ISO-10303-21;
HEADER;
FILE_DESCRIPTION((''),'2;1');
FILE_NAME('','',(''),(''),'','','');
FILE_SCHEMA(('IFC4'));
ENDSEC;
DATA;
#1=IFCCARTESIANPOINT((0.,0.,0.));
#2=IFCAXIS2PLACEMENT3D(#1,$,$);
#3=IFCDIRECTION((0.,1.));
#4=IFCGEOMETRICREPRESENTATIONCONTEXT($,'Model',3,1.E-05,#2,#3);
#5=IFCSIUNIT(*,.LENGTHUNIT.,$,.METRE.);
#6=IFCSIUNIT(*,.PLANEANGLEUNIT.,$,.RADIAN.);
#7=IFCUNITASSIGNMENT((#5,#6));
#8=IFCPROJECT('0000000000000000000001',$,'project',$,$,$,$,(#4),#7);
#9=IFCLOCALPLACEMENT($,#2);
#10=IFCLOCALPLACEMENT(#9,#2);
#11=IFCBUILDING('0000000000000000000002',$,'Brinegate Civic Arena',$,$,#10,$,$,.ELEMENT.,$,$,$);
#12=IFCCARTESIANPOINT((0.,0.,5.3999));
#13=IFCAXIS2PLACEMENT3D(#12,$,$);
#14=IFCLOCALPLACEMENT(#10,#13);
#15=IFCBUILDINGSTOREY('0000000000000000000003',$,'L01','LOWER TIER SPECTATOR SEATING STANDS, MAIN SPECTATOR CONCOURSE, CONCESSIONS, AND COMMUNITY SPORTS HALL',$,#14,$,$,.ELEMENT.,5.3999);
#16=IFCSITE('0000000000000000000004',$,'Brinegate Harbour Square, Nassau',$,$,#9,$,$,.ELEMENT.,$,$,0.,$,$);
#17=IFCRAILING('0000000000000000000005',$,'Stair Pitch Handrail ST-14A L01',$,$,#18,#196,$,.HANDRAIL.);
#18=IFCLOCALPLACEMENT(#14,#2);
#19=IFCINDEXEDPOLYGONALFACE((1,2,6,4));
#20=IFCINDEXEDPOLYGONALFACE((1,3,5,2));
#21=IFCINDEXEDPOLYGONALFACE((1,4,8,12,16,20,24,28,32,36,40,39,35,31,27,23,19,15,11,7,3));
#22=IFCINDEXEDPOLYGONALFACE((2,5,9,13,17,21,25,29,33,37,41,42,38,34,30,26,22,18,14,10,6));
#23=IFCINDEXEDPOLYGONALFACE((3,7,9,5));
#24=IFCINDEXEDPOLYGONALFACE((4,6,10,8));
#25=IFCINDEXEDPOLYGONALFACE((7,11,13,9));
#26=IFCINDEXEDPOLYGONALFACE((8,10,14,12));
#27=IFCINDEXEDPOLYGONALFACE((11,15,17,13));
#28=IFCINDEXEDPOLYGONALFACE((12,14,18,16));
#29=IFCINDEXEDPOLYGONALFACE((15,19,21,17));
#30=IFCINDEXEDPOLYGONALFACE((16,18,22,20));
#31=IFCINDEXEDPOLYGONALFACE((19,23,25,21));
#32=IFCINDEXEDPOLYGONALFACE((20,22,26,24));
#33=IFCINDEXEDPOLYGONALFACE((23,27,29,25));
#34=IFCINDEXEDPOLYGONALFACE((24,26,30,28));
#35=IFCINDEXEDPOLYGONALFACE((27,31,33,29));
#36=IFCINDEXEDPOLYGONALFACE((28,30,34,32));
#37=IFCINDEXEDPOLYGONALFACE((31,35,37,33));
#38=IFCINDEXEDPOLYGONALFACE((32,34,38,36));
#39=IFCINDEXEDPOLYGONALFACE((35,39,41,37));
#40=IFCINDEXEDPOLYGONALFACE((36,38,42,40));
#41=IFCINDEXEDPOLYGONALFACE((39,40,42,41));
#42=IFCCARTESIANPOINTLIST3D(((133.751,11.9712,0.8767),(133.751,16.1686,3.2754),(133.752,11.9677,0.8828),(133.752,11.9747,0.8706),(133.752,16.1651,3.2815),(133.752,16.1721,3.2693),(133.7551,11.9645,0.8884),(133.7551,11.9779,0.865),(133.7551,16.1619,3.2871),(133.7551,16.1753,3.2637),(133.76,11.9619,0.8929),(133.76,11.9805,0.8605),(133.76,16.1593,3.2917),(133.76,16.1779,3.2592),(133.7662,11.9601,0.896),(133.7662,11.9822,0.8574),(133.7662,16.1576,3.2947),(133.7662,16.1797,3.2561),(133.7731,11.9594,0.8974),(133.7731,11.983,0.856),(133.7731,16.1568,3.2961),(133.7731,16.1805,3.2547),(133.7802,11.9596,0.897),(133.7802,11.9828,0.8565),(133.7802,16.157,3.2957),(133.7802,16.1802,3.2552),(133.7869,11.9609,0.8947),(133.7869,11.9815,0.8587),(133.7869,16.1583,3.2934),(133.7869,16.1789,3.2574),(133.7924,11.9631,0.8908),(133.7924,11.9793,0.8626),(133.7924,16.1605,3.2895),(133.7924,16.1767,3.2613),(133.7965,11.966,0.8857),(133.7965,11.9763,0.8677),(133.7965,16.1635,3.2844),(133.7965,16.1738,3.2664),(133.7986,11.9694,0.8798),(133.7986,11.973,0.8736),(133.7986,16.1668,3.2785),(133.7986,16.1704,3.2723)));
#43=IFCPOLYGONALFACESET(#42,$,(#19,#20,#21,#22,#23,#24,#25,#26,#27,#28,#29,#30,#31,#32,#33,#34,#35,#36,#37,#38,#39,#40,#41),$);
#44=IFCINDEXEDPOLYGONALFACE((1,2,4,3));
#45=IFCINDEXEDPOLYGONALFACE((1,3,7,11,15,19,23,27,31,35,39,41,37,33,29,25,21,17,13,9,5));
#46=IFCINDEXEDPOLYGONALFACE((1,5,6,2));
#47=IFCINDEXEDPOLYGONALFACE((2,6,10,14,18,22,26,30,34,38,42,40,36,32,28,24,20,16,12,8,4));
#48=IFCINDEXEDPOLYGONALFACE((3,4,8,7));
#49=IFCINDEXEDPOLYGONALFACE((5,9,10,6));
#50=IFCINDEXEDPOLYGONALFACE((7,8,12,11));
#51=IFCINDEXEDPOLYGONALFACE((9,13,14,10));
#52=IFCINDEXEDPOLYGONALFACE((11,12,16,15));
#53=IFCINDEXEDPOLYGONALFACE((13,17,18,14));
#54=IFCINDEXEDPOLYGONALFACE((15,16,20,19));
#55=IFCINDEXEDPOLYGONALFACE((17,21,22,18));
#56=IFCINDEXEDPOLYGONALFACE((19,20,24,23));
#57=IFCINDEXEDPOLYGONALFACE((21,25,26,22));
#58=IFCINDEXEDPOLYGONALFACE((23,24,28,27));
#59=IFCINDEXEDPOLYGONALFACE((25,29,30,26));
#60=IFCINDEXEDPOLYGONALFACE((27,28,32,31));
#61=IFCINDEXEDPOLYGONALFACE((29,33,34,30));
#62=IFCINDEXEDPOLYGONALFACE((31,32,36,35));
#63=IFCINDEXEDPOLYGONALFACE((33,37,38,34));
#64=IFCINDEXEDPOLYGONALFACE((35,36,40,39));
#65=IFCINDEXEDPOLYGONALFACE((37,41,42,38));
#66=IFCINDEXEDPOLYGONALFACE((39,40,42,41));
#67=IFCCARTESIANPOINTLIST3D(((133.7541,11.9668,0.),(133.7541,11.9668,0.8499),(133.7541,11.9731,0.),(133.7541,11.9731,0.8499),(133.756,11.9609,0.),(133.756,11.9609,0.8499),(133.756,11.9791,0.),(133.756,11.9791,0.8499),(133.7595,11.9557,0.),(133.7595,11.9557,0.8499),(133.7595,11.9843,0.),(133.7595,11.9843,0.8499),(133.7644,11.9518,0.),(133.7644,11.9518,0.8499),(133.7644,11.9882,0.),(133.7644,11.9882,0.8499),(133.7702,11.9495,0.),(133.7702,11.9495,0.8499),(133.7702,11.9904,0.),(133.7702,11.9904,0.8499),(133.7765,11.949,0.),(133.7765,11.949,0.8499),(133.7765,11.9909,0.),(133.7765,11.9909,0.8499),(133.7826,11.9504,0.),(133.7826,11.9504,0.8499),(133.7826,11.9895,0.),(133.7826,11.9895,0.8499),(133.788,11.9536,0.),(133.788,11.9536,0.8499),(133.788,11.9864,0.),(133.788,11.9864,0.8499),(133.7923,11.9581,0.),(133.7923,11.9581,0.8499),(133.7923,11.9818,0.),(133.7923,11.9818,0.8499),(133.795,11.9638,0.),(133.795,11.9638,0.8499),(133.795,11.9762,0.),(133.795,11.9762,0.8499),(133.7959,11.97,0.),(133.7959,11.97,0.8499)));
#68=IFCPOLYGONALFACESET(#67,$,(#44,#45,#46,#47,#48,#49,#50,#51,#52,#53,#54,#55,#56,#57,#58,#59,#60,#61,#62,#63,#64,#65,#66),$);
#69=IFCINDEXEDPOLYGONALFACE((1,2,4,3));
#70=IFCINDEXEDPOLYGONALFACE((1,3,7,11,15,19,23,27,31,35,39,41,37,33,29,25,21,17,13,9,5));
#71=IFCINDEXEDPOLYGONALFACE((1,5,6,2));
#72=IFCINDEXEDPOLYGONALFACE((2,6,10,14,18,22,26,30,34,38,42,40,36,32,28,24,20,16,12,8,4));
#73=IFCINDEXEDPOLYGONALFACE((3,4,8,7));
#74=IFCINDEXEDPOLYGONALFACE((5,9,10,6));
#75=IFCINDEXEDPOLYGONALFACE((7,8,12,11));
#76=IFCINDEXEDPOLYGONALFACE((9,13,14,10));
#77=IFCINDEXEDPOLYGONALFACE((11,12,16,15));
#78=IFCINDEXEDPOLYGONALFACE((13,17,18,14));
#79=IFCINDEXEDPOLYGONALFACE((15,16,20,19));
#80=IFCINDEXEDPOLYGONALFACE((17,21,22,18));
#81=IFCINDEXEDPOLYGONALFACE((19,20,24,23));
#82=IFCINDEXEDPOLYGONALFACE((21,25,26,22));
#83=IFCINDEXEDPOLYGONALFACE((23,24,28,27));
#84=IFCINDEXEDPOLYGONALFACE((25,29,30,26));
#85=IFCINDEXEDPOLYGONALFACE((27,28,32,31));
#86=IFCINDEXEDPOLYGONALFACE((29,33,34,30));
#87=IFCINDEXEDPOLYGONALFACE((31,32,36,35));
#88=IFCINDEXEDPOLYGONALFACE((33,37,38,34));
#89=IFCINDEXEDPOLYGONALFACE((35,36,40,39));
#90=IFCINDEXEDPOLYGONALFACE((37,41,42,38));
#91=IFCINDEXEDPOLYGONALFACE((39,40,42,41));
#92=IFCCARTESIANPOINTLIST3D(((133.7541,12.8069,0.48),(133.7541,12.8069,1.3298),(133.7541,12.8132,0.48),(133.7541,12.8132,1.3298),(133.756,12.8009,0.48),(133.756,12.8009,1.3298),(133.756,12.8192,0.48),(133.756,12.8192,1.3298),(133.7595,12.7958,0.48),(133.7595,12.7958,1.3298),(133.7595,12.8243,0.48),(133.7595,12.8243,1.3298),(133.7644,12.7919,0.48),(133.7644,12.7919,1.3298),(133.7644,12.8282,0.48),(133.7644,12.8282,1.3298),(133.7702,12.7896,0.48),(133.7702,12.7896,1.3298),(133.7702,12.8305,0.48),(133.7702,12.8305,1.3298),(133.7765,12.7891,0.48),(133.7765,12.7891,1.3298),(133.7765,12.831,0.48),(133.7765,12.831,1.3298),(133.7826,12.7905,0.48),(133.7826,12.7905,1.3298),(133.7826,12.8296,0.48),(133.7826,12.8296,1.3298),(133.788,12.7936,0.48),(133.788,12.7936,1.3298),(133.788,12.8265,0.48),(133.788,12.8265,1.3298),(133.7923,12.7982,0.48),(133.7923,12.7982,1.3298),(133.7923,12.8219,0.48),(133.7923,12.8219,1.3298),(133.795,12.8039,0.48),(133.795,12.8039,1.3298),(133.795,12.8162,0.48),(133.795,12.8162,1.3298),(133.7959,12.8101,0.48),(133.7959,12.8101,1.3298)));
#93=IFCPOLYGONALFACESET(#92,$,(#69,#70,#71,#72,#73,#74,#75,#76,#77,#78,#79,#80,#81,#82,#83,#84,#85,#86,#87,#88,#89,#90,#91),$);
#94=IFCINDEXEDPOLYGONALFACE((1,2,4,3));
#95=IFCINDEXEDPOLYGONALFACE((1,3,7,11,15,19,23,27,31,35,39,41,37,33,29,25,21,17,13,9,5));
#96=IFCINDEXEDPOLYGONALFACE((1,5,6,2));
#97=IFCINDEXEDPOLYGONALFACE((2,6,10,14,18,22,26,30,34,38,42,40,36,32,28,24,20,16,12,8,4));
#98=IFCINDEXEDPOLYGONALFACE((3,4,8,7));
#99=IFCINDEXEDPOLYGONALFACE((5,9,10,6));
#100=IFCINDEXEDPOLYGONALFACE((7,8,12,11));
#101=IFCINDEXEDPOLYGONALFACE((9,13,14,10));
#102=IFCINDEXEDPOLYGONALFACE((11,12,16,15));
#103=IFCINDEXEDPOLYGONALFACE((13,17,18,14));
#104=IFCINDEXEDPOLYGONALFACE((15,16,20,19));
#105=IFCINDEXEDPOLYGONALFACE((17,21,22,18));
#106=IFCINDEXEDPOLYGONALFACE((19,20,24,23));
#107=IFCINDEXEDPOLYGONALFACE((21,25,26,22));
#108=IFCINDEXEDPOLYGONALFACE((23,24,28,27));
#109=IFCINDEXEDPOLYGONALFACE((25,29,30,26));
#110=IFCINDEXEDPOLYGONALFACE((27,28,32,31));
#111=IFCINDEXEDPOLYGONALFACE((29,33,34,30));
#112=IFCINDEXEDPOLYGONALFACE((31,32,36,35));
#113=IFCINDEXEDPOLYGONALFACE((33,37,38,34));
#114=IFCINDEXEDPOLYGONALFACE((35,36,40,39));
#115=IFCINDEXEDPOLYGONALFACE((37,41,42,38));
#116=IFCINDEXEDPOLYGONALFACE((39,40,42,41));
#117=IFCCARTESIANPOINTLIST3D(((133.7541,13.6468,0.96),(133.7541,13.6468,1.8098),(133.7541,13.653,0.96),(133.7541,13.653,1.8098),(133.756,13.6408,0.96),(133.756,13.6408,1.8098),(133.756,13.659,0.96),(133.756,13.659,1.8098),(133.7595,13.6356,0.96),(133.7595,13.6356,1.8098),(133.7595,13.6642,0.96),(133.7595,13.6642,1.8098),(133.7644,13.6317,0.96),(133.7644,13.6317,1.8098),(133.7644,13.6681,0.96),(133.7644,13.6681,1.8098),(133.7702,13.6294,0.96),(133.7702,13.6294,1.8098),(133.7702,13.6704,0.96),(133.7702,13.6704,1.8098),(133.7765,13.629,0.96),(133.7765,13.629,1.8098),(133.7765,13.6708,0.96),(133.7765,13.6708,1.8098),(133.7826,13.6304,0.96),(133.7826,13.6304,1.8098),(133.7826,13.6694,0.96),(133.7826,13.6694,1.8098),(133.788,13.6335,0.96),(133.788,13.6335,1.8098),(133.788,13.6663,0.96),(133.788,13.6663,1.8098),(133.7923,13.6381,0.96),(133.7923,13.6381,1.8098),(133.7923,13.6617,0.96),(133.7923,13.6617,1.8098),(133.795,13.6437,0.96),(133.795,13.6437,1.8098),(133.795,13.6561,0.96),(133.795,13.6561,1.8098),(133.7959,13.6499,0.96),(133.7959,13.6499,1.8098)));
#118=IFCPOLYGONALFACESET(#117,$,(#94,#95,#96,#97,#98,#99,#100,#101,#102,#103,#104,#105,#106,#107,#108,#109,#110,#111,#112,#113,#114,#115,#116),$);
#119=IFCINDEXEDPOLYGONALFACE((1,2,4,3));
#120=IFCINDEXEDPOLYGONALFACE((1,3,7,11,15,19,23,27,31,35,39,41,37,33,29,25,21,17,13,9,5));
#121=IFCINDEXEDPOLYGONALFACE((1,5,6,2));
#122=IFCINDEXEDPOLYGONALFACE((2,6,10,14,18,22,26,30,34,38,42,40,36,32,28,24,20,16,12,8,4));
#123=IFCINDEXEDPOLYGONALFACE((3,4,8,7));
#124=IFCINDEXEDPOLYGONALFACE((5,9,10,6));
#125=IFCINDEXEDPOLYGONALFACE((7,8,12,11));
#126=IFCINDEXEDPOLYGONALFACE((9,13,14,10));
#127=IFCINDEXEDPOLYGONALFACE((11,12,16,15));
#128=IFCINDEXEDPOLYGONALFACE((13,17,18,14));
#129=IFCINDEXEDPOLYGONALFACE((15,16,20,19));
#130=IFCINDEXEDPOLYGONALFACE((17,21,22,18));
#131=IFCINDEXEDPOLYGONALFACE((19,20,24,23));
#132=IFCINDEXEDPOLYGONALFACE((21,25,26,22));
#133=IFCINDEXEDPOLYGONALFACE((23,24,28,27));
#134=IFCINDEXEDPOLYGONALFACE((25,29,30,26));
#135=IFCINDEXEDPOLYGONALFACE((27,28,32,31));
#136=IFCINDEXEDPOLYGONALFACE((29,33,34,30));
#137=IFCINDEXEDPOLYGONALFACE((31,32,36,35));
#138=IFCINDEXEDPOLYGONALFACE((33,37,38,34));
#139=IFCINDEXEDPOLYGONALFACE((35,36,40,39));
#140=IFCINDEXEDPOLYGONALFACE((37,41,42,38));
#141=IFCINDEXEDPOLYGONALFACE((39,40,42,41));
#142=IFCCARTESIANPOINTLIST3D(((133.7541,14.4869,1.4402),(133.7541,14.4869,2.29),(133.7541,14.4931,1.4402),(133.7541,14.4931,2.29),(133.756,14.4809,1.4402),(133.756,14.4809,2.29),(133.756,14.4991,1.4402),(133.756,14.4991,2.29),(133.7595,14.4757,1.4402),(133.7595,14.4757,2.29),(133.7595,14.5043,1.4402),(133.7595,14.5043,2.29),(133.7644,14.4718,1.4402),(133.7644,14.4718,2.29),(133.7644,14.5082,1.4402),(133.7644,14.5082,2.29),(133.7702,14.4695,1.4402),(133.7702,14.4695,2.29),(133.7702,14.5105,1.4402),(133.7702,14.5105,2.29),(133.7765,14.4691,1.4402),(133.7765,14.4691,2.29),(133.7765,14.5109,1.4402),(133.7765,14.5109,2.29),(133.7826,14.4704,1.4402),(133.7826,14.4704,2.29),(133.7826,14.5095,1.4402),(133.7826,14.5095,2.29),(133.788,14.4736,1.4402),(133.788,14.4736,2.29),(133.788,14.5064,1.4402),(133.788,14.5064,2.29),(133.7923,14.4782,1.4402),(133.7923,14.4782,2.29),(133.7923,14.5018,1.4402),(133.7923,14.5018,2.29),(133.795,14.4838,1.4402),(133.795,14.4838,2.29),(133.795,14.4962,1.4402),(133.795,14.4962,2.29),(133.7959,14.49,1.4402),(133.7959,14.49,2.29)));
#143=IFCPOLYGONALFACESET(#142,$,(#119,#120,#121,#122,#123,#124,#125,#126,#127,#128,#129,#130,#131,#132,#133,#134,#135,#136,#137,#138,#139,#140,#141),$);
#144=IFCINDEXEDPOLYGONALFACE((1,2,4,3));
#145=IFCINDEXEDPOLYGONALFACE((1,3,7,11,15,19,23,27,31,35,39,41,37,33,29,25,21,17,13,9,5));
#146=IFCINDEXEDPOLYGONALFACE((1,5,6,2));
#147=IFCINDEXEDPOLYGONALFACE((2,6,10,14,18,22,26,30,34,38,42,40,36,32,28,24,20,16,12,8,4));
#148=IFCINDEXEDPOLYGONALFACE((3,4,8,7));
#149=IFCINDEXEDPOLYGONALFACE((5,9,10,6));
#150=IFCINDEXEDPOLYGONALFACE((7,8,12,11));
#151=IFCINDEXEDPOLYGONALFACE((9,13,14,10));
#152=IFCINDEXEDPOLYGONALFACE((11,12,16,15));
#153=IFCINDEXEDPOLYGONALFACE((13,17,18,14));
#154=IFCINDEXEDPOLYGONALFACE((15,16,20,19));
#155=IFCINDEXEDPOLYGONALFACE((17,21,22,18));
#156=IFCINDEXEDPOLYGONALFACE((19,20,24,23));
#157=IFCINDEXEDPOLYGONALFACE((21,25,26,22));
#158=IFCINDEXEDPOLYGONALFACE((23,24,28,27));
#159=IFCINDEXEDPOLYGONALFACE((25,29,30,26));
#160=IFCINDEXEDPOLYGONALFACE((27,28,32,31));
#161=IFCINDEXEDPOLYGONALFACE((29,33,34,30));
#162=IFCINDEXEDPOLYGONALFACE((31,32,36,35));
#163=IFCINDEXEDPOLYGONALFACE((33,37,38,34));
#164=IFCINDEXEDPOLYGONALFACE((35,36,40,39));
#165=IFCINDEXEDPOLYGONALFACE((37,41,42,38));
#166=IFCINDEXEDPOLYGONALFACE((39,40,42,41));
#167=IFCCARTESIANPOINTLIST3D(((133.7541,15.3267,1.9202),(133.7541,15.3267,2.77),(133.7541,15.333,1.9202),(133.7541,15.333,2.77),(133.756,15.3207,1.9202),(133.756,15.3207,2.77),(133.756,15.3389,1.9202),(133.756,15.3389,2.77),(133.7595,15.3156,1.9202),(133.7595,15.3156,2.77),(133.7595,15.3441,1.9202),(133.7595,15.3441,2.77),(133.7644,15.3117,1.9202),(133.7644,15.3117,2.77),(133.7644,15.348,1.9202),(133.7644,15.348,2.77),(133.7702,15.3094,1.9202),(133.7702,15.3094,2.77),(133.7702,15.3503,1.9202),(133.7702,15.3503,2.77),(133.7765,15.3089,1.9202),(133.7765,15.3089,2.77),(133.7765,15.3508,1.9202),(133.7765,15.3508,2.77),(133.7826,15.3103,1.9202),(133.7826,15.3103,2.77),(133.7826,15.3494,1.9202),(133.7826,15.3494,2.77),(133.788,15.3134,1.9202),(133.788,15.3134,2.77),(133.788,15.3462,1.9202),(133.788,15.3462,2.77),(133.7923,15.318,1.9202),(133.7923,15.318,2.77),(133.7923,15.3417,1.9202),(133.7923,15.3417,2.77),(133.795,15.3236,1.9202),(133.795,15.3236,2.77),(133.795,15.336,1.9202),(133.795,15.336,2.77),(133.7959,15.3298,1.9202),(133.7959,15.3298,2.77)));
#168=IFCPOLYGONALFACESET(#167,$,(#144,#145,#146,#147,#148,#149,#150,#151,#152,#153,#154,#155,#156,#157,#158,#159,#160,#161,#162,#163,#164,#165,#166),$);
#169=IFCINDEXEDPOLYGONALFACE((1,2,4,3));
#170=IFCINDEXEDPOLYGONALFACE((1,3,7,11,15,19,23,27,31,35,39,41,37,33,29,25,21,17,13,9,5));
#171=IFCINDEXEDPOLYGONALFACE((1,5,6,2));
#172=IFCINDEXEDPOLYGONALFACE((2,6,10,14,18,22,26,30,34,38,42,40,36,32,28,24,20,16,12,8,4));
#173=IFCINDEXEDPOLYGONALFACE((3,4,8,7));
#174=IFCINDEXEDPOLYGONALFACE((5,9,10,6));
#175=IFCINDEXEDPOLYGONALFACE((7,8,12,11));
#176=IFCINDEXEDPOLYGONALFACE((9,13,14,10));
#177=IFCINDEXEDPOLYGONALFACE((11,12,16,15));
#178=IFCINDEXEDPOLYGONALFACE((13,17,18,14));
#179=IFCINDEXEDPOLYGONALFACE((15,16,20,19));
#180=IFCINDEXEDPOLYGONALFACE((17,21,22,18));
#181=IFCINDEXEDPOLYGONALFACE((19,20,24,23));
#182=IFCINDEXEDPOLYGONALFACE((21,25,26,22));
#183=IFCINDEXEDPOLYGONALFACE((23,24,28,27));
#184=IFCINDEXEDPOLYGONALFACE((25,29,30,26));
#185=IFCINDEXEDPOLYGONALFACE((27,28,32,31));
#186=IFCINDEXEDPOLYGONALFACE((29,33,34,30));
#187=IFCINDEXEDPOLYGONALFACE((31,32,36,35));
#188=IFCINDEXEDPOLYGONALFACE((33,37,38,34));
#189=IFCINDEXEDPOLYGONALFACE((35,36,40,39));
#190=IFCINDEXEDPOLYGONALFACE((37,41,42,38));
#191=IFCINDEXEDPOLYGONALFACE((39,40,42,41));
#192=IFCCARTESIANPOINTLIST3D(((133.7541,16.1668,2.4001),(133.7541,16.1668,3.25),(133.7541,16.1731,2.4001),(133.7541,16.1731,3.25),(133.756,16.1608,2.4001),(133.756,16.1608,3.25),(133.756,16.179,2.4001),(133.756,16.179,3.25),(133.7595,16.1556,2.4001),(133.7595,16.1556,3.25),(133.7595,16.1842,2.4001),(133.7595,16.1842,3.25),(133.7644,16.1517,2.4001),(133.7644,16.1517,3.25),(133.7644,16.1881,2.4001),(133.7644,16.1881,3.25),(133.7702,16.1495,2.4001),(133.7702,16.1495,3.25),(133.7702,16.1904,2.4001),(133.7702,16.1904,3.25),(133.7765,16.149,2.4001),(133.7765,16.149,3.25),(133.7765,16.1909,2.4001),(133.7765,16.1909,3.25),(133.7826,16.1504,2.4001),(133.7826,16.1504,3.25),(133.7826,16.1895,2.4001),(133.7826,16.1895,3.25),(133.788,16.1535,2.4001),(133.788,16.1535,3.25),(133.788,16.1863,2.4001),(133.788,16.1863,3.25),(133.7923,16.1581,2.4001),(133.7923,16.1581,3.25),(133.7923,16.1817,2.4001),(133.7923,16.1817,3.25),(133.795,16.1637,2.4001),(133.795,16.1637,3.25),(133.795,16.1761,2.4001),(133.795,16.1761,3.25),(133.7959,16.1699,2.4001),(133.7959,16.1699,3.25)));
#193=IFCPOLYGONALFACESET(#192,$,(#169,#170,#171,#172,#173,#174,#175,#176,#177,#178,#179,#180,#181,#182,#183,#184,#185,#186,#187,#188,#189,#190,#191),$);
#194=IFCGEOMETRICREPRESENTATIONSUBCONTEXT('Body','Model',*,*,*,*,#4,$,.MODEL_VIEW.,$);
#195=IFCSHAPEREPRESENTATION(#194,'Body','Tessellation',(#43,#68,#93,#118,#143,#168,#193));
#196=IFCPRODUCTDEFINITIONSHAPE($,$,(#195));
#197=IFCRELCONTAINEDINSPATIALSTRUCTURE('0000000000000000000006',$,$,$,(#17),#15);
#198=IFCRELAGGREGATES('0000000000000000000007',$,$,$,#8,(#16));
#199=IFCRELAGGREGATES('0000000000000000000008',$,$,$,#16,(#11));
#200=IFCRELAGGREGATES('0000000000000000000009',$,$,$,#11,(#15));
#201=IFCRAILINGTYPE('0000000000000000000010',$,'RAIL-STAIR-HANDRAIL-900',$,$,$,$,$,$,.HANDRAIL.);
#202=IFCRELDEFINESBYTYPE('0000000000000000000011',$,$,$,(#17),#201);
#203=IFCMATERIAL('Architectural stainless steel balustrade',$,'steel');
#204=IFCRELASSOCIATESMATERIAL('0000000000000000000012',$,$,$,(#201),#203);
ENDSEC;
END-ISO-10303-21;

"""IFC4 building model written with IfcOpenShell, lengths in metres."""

from ifc_helpers import new_model, si_unit, direction, frame, origin, origin_2d, place, context, subcontext, project, spatial, circle, extrude, material, type_object, element, save


model = new_model("IFC4")

# Units and contexts
model_context = context("Model", 3, precision=1e-05, world=origin(), true_north=direction((0.0, 1.0)))
body_context = subcontext(model_context, "Body", "Model", "MODEL_VIEW")
ifc_project = project(units=[si_unit("LENGTHUNIT", "METRE"), si_unit("PLANEANGLEUNIT", "RADIAN")], contexts=[model_context])

# Site, building, storey
site_placement = place(None, origin())
site = spatial("IfcSite", under=ifc_project, at=site_placement, Name="Brinegate Harbour Square, Nassau", CompositionType="ELEMENT", RefElevation=0.0)
building_placement = place(site_placement, origin())
building = spatial("IfcBuilding", under=site, at=building_placement, Name="Brinegate Civic Arena", CompositionType="ELEMENT")
storey_placement = place(building_placement, frame((0.0, 0.0, 5.3999)))
storey = spatial("IfcBuildingStorey", under=building, at=storey_placement, Name="L01", Description="LOWER TIER SPECTATOR SEATING STANDS, MAIN SPECTATOR CONCOURSE, CONCESSIONS, AND COMMUNITY SPORTS HALL", CompositionType="ELEMENT", Elevation=5.3999)

# Railing
ifc_material_1 = material(Name="Architectural stainless steel balustrade", Category="steel")
railing_type_1 = type_object("IfcRailingType", Name="RAIL-STAIR-HANDRAIL-900", PredefinedType="HANDRAIL", material=ifc_material_1)
for number, where, name in (
    (1, (133.7749, 11.97, 0.0), "Stair Pitch Handrail ST-14A L01"),
):
    element("IfcRailing", number, at=place(storey_placement, frame(where)), inside=storey, type_object=railing_type_1, Name=name, PredefinedType="HANDRAIL", context=body_context, shape_type="SweptSolid", body=[
        extrude(circle(Radius=0.0239, at=origin_2d()), frame((0.0, 0.0012, 0.8767), z_axis=(0.0, 0.868228, 0.496166), x_axis=(-1.0, 0.0, 0.0)), (0.0, 0.0, 1.0), 4.8345),
        extrude(circle(Radius=0.021, at=origin_2d()), origin(), (0.0, 0.0, 1.0), 0.8499),
        extrude(circle(Radius=0.021, at=origin_2d()), frame((0.0, 0.8401, 0.48)), (0.0, 0.0, 1.0), 0.8499),
        extrude(circle(Radius=0.021, at=origin_2d()), frame((0.0, 1.6799, 0.96)), (0.0, 0.0, 1.0), 0.8499),
        extrude(circle(Radius=0.021, at=origin_2d()), frame((0.0, 2.52, 1.4402)), (0.0, 0.0, 1.0), 0.8499),
        extrude(circle(Radius=0.021, at=origin_2d()), frame((0.0, 3.3599, 1.9202)), (0.0, 0.0, 1.0), 0.8499),
        extrude(circle(Radius=0.021, at=origin_2d()), frame((0.0, 4.2, 2.4001)), (0.0, 0.0, 1.0), 0.8499),
    ])

save(model, "model.ifc")
